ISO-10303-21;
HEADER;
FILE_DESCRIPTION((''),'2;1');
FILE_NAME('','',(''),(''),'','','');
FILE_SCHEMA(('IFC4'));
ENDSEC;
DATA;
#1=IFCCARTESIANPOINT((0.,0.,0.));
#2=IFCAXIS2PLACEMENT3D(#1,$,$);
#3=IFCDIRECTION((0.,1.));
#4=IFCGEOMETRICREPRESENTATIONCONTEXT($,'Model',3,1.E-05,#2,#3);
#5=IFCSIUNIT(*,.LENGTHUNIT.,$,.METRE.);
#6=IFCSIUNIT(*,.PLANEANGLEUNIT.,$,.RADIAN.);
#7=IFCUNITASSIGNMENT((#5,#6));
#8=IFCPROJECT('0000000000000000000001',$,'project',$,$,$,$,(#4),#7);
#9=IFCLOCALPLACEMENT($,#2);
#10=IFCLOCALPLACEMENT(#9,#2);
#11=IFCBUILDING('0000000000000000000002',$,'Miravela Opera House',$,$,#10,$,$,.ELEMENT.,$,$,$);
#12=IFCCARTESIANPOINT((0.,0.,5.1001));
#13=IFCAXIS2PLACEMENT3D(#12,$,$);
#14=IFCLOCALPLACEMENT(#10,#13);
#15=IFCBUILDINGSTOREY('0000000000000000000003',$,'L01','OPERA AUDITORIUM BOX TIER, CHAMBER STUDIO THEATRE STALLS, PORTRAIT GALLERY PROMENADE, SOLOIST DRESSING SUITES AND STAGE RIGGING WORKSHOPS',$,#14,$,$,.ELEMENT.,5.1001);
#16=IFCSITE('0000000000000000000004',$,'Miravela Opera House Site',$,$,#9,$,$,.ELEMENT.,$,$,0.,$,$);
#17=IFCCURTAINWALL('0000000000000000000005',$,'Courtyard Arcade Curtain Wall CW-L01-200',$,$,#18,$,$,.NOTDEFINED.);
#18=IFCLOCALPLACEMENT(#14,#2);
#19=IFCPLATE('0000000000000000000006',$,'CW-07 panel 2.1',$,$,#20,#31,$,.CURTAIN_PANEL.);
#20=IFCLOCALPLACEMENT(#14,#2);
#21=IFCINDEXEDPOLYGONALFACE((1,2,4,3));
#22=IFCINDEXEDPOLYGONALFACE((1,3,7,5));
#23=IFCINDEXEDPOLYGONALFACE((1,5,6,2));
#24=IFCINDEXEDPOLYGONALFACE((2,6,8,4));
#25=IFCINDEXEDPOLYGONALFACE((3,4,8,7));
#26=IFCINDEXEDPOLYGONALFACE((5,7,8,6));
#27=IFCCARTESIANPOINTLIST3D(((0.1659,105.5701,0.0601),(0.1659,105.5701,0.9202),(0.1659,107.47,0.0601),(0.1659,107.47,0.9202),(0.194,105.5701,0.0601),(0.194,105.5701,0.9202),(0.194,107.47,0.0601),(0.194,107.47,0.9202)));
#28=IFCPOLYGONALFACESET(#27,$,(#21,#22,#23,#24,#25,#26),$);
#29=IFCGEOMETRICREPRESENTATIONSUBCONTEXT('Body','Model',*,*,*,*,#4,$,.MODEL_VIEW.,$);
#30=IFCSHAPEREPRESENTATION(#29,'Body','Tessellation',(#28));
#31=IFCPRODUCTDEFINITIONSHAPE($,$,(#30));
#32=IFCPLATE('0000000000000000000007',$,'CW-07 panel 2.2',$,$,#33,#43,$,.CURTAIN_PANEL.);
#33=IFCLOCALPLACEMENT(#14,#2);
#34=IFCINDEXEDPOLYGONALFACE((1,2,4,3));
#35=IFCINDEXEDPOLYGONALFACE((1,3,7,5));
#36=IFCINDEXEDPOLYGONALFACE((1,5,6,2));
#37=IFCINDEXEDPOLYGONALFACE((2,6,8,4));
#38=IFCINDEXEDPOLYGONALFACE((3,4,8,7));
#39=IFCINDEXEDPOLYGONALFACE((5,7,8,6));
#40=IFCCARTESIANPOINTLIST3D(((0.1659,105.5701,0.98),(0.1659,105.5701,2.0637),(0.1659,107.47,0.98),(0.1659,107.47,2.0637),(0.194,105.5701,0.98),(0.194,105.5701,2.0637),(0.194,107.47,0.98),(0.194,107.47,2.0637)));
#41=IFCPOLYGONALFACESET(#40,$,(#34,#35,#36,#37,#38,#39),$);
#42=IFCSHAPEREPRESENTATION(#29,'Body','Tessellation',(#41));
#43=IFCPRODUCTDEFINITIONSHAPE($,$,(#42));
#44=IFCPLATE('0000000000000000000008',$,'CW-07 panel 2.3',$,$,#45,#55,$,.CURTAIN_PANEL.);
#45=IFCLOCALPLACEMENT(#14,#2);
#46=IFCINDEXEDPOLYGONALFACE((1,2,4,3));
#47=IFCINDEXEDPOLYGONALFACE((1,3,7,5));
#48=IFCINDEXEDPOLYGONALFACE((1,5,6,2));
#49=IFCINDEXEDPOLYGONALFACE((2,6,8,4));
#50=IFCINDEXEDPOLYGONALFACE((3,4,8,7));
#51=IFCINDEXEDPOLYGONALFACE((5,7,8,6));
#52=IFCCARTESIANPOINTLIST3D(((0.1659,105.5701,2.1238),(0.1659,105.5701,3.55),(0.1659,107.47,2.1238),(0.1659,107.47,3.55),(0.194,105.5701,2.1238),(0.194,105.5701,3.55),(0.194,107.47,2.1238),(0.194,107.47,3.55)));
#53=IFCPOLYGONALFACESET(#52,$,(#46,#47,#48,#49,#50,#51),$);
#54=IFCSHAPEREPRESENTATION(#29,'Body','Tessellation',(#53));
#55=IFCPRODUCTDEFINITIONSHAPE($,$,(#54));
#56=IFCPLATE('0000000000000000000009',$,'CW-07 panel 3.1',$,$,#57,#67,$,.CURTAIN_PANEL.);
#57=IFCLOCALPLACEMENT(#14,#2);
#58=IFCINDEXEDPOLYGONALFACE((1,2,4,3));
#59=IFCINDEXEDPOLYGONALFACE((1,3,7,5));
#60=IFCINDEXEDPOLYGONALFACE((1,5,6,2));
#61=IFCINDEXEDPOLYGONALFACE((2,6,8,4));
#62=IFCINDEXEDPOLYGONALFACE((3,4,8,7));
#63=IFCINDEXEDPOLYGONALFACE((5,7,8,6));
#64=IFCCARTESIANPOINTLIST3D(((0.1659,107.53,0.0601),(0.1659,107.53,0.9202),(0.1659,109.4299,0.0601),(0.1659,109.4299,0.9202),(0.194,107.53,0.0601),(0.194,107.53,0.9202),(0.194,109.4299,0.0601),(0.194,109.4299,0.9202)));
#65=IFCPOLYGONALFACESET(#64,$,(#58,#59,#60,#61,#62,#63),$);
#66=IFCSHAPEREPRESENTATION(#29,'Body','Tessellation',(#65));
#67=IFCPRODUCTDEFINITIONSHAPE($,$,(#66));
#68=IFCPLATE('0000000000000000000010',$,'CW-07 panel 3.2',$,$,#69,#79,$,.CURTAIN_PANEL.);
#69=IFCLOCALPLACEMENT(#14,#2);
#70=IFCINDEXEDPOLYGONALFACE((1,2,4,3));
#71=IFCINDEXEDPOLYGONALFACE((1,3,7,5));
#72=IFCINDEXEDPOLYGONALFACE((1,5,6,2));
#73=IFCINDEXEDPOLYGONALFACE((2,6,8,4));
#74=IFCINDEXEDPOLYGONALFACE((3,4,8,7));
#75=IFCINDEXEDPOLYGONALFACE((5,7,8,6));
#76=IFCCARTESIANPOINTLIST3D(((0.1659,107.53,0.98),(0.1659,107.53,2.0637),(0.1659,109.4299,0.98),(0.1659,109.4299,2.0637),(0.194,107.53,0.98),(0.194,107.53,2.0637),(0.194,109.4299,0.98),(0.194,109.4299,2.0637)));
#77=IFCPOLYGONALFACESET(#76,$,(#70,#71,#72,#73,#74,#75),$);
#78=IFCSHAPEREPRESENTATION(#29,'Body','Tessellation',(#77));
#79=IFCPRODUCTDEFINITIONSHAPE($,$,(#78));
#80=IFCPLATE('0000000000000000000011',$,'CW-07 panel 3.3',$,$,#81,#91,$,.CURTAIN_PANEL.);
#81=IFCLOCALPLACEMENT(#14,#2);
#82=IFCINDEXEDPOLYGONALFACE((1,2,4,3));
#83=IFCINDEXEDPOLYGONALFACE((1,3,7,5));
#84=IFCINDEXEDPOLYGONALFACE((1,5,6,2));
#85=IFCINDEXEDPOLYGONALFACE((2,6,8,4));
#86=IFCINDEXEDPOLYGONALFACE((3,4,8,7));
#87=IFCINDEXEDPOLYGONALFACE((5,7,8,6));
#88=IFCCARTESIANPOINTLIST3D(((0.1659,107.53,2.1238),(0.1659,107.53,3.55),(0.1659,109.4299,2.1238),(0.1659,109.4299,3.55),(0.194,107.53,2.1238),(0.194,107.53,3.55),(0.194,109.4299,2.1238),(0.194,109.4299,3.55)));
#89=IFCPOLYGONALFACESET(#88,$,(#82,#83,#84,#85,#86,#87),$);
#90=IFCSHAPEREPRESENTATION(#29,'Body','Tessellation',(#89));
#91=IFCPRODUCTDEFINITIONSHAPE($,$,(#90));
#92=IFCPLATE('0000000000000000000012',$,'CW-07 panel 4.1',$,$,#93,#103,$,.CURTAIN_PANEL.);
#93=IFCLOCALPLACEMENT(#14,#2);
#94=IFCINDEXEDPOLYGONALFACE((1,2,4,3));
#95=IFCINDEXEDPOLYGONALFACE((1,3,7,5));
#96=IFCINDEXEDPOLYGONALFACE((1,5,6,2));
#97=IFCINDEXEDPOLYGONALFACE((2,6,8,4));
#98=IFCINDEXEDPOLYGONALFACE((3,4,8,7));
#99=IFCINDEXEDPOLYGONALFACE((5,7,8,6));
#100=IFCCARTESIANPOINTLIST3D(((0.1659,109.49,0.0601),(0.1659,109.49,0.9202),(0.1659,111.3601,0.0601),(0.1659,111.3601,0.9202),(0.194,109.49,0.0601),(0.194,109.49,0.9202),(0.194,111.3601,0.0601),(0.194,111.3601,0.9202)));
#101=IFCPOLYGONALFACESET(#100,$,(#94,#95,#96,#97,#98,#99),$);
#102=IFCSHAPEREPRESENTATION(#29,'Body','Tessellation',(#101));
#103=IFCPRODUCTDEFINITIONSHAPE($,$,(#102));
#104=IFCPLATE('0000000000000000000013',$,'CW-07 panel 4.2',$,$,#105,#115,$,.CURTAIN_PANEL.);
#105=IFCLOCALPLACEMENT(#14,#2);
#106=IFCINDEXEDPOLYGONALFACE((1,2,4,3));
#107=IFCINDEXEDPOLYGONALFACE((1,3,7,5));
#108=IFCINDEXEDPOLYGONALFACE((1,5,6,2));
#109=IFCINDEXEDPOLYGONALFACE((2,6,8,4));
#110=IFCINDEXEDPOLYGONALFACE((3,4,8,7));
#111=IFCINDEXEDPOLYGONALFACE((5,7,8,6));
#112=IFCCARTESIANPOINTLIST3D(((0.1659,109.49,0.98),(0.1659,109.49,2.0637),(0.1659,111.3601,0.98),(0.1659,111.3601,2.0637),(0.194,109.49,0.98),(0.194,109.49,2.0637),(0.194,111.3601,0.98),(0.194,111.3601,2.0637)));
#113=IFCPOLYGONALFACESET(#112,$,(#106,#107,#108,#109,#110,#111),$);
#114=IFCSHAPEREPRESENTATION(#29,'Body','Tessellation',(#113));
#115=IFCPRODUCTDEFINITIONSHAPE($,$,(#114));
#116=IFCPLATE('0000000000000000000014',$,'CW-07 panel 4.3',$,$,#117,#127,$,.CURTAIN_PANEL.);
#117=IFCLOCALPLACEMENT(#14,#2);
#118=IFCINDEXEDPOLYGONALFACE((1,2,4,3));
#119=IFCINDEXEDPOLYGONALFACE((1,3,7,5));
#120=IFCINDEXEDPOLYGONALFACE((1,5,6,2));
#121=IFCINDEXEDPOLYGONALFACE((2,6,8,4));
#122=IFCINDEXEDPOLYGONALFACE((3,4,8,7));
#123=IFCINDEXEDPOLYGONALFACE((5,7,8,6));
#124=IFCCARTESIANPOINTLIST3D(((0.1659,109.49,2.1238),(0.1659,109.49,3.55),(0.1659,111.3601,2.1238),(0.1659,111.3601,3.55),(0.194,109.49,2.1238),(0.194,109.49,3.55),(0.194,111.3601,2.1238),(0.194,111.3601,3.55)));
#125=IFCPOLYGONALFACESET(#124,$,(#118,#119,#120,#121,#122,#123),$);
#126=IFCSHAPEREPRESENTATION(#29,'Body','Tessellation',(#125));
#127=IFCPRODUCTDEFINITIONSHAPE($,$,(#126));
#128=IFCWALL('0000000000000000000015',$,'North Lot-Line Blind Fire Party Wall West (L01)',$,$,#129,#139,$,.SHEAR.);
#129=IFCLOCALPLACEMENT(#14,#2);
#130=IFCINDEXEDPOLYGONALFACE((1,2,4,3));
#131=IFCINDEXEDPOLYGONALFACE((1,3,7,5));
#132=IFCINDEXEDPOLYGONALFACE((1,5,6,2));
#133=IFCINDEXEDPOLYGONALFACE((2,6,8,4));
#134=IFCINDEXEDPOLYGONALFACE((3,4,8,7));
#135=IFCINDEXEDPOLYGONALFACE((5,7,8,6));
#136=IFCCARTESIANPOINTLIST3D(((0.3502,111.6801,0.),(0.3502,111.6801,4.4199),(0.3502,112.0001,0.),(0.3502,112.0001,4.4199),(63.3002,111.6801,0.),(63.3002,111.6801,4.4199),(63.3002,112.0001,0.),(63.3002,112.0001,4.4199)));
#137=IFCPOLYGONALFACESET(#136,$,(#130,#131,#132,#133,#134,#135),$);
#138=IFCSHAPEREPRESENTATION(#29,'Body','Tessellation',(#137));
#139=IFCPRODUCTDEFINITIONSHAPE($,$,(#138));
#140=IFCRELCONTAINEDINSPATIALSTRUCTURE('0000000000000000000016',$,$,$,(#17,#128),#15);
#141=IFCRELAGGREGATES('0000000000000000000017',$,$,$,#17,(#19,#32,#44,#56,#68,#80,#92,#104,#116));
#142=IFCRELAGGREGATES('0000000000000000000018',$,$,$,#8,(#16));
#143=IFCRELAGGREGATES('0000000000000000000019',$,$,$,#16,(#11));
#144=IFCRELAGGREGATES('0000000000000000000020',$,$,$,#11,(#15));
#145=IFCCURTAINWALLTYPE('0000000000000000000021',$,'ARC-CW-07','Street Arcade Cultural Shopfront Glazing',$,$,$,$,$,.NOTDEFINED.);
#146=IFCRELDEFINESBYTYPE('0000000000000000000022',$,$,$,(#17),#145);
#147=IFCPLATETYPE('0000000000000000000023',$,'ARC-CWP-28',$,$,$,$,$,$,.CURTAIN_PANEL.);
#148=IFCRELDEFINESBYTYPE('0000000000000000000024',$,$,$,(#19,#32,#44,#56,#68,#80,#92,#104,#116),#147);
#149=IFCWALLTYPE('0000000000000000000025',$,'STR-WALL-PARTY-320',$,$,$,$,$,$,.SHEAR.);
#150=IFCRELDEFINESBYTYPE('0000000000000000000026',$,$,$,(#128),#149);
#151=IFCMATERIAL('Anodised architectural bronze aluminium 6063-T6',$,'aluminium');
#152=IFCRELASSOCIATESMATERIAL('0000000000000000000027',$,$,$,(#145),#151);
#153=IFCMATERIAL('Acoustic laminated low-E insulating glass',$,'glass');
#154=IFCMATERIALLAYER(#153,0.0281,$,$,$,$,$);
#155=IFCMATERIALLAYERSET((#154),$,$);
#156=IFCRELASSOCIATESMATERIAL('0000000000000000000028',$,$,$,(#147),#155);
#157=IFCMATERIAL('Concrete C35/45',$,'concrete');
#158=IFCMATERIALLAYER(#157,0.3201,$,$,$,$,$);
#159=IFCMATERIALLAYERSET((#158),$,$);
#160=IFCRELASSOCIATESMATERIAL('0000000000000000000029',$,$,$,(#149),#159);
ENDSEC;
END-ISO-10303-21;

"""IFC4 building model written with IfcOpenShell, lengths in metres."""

from ifc_helpers import new_model, si_unit, direction, frame, frame_2d, origin, origin_2d, place, context, subcontext, project, spatial, rectangle, extrude, material, layer, layer_set, type_object, element, aggregate, save


model = new_model("IFC4")

# Units and contexts
model_context = context("Model", 3, precision=1e-05, world=origin(), true_north=direction((0.0, 1.0)))
body_context = subcontext(model_context, "Body", "Model", "MODEL_VIEW")
ifc_project = project(units=[si_unit("LENGTHUNIT", "METRE"), si_unit("PLANEANGLEUNIT", "RADIAN")], contexts=[model_context])

# Site, building, storey
site_placement = place(None, origin())
site = spatial("IfcSite", under=ifc_project, at=site_placement, Name="Miravela Opera House Site", CompositionType="ELEMENT", RefElevation=0.0)
building_placement = place(site_placement, origin())
building = spatial("IfcBuilding", under=site, at=building_placement, Name="Miravela Opera House", CompositionType="ELEMENT")
storey_placement = place(building_placement, frame((0.0, 0.0, 5.1001)))
storey = spatial("IfcBuildingStorey", under=building, at=storey_placement, Name="L01", Description="OPERA AUDITORIUM BOX TIER, CHAMBER STUDIO THEATRE STALLS, PORTRAIT GALLERY PROMENADE, SOLOIST DRESSING SUITES AND STAGE RIGGING WORKSHOPS", CompositionType="ELEMENT", Elevation=5.1001)

# Curtain wall
ifc_material_1 = material(Name="Anodised architectural bronze aluminium 6063-T6", Category="aluminium")
curtain_wall_type = type_object("IfcCurtainWallType", Name="ARC-CW-07", Description="Street Arcade Cultural Shopfront Glazing", PredefinedType="NOTDEFINED", material=ifc_material_1)
curtain_wall_placement = place(storey_placement, origin())
curtain_wall = element("IfcCurtainWall", 1, at=curtain_wall_placement, inside=storey, type_object=curtain_wall_type, Name="Courtyard Arcade Curtain Wall CW-L01-200", PredefinedType="NOTDEFINED")

# Plates
ifc_material_2 = material(Name="Acoustic laminated low-E insulating glass", Category="glass")
ifc_layer_1 = layer(ifc_material_2, 0.0281)
ifc_layer_set_1 = layer_set([ifc_layer_1])
plate_type = type_object("IfcPlateType", Name="ARC-CWP-28", PredefinedType="CURTAIN_PANEL", material=ifc_layer_set_1)
plate_1_placement = place(storey_placement, frame((0.1799, 106.52, 0.0601), z_axis=(0.0, 0.0, 1.0), x_axis=(0.0, 1.0, 0.0)))
plate_1 = element("IfcPlate", 2, at=plate_1_placement, type_object=plate_type, Name="CW-07 panel 2.1", PredefinedType="CURTAIN_PANEL", context=body_context, shape_type="SweptSolid", body=[
    extrude(rectangle(XDim=1.8999, YDim=0.0281, at=origin_2d()), origin(), (0.0, 0.0, 1.0), 0.8601),
])
plate_2_placement = place(storey_placement, frame((0.1799, 106.52, 0.98), z_axis=(0.0, 0.0, 1.0), x_axis=(0.0, 1.0, 0.0)))
plate_2 = element("IfcPlate", 3, at=plate_2_placement, type_object=plate_type, Name="CW-07 panel 2.2", PredefinedType="CURTAIN_PANEL", context=body_context, shape_type="SweptSolid", body=[
    extrude(rectangle(XDim=1.8999, YDim=0.0281, at=origin_2d()), origin(), (0.0, 0.0, 1.0), 1.0837),
])
plate_3_placement = place(storey_placement, frame((0.1799, 106.52, 2.1238), z_axis=(0.0, 0.0, 1.0), x_axis=(0.0, 1.0, 0.0)))
plate_3 = element("IfcPlate", 4, at=plate_3_placement, type_object=plate_type, Name="CW-07 panel 2.3", PredefinedType="CURTAIN_PANEL", context=body_context, shape_type="SweptSolid", body=[
    extrude(rectangle(XDim=1.8999, YDim=0.0281, at=origin_2d()), origin(), (0.0, 0.0, 1.0), 1.4263),
])
plate_4_placement = place(storey_placement, frame((0.1799, 108.48, 0.0601), z_axis=(0.0, 0.0, 1.0), x_axis=(0.0, 1.0, 0.0)))
plate_4 = element("IfcPlate", 5, at=plate_4_placement, type_object=plate_type, Name="CW-07 panel 3.1", PredefinedType="CURTAIN_PANEL", context=body_context, shape_type="SweptSolid", body=[
    extrude(rectangle(XDim=1.8999, YDim=0.0281, at=origin_2d()), origin(), (0.0, 0.0, 1.0), 0.8601),
])
plate_5_placement = place(storey_placement, frame((0.1799, 108.48, 0.98), z_axis=(0.0, 0.0, 1.0), x_axis=(0.0, 1.0, 0.0)))
plate_5 = element("IfcPlate", 6, at=plate_5_placement, type_object=plate_type, Name="CW-07 panel 3.2", PredefinedType="CURTAIN_PANEL", context=body_context, shape_type="SweptSolid", body=[
    extrude(rectangle(XDim=1.8999, YDim=0.0281, at=origin_2d()), origin(), (0.0, 0.0, 1.0), 1.0837),
])
plate_6_placement = place(storey_placement, frame((0.1799, 108.48, 2.1238), z_axis=(0.0, 0.0, 1.0), x_axis=(0.0, 1.0, 0.0)))
plate_6 = element("IfcPlate", 7, at=plate_6_placement, type_object=plate_type, Name="CW-07 panel 3.3", PredefinedType="CURTAIN_PANEL", context=body_context, shape_type="SweptSolid", body=[
    extrude(rectangle(XDim=1.8999, YDim=0.0281, at=origin_2d()), origin(), (0.0, 0.0, 1.0), 1.4263),
])
plate_7_placement = place(storey_placement, frame((0.1799, 110.425, 0.0601), z_axis=(0.0, 0.0, 1.0), x_axis=(0.0, 1.0, 0.0)))
plate_7 = element("IfcPlate", 8, at=plate_7_placement, type_object=plate_type, Name="CW-07 panel 4.1", PredefinedType="CURTAIN_PANEL", context=body_context, shape_type="SweptSolid", body=[
    extrude(rectangle(XDim=1.8701, YDim=0.0281, at=origin_2d()), origin(), (0.0, 0.0, 1.0), 0.8601),
])
plate_8_placement = place(storey_placement, frame((0.1799, 110.425, 0.98), z_axis=(0.0, 0.0, 1.0), x_axis=(0.0, 1.0, 0.0)))
plate_8 = element("IfcPlate", 9, at=plate_8_placement, type_object=plate_type, Name="CW-07 panel 4.2", PredefinedType="CURTAIN_PANEL", context=body_context, shape_type="SweptSolid", body=[
    extrude(rectangle(XDim=1.8701, YDim=0.0281, at=origin_2d()), origin(), (0.0, 0.0, 1.0), 1.0837),
])
plate_9_placement = place(storey_placement, frame((0.1799, 110.425, 2.1238), z_axis=(0.0, 0.0, 1.0), x_axis=(0.0, 1.0, 0.0)))
plate_9 = element("IfcPlate", 10, at=plate_9_placement, type_object=plate_type, Name="CW-07 panel 4.3", PredefinedType="CURTAIN_PANEL", context=body_context, shape_type="SweptSolid", body=[
    extrude(rectangle(XDim=1.8701, YDim=0.0281, at=origin_2d()), origin(), (0.0, 0.0, 1.0), 1.4263),
])
aggregate(curtain_wall, [plate_1, plate_2, plate_3, plate_4, plate_5, plate_6, plate_7, plate_8, plate_9])

# Wall
ifc_material_3 = material(Name="Concrete C35/45", Category="concrete")
ifc_layer_2 = layer(ifc_material_3, 0.3201)
ifc_layer_set_2 = layer_set([ifc_layer_2])
wall_type = type_object("IfcWallType", Name="STR-WALL-PARTY-320", PredefinedType="SHEAR", material=ifc_layer_set_2)
wall_placement = place(storey_placement, frame((0.3501, 111.8401, 0.0), z_axis=(0.0, 0.0, 1.0), x_axis=(1.0, 0.0, 0.0)))
element("IfcWall", 11, at=wall_placement, inside=storey, type_object=wall_type, Name="North Lot-Line Blind Fire Party Wall West (L01)", PredefinedType="SHEAR", context=body_context, shape_type="SweptSolid", body=[
    extrude(rectangle(XDim=62.95, YDim=0.3201, at=frame_2d((31.4751, 0.0))), origin(), (0.0, 0.0, 1.0), 4.4199),
])

save(model, "model.ifc")
